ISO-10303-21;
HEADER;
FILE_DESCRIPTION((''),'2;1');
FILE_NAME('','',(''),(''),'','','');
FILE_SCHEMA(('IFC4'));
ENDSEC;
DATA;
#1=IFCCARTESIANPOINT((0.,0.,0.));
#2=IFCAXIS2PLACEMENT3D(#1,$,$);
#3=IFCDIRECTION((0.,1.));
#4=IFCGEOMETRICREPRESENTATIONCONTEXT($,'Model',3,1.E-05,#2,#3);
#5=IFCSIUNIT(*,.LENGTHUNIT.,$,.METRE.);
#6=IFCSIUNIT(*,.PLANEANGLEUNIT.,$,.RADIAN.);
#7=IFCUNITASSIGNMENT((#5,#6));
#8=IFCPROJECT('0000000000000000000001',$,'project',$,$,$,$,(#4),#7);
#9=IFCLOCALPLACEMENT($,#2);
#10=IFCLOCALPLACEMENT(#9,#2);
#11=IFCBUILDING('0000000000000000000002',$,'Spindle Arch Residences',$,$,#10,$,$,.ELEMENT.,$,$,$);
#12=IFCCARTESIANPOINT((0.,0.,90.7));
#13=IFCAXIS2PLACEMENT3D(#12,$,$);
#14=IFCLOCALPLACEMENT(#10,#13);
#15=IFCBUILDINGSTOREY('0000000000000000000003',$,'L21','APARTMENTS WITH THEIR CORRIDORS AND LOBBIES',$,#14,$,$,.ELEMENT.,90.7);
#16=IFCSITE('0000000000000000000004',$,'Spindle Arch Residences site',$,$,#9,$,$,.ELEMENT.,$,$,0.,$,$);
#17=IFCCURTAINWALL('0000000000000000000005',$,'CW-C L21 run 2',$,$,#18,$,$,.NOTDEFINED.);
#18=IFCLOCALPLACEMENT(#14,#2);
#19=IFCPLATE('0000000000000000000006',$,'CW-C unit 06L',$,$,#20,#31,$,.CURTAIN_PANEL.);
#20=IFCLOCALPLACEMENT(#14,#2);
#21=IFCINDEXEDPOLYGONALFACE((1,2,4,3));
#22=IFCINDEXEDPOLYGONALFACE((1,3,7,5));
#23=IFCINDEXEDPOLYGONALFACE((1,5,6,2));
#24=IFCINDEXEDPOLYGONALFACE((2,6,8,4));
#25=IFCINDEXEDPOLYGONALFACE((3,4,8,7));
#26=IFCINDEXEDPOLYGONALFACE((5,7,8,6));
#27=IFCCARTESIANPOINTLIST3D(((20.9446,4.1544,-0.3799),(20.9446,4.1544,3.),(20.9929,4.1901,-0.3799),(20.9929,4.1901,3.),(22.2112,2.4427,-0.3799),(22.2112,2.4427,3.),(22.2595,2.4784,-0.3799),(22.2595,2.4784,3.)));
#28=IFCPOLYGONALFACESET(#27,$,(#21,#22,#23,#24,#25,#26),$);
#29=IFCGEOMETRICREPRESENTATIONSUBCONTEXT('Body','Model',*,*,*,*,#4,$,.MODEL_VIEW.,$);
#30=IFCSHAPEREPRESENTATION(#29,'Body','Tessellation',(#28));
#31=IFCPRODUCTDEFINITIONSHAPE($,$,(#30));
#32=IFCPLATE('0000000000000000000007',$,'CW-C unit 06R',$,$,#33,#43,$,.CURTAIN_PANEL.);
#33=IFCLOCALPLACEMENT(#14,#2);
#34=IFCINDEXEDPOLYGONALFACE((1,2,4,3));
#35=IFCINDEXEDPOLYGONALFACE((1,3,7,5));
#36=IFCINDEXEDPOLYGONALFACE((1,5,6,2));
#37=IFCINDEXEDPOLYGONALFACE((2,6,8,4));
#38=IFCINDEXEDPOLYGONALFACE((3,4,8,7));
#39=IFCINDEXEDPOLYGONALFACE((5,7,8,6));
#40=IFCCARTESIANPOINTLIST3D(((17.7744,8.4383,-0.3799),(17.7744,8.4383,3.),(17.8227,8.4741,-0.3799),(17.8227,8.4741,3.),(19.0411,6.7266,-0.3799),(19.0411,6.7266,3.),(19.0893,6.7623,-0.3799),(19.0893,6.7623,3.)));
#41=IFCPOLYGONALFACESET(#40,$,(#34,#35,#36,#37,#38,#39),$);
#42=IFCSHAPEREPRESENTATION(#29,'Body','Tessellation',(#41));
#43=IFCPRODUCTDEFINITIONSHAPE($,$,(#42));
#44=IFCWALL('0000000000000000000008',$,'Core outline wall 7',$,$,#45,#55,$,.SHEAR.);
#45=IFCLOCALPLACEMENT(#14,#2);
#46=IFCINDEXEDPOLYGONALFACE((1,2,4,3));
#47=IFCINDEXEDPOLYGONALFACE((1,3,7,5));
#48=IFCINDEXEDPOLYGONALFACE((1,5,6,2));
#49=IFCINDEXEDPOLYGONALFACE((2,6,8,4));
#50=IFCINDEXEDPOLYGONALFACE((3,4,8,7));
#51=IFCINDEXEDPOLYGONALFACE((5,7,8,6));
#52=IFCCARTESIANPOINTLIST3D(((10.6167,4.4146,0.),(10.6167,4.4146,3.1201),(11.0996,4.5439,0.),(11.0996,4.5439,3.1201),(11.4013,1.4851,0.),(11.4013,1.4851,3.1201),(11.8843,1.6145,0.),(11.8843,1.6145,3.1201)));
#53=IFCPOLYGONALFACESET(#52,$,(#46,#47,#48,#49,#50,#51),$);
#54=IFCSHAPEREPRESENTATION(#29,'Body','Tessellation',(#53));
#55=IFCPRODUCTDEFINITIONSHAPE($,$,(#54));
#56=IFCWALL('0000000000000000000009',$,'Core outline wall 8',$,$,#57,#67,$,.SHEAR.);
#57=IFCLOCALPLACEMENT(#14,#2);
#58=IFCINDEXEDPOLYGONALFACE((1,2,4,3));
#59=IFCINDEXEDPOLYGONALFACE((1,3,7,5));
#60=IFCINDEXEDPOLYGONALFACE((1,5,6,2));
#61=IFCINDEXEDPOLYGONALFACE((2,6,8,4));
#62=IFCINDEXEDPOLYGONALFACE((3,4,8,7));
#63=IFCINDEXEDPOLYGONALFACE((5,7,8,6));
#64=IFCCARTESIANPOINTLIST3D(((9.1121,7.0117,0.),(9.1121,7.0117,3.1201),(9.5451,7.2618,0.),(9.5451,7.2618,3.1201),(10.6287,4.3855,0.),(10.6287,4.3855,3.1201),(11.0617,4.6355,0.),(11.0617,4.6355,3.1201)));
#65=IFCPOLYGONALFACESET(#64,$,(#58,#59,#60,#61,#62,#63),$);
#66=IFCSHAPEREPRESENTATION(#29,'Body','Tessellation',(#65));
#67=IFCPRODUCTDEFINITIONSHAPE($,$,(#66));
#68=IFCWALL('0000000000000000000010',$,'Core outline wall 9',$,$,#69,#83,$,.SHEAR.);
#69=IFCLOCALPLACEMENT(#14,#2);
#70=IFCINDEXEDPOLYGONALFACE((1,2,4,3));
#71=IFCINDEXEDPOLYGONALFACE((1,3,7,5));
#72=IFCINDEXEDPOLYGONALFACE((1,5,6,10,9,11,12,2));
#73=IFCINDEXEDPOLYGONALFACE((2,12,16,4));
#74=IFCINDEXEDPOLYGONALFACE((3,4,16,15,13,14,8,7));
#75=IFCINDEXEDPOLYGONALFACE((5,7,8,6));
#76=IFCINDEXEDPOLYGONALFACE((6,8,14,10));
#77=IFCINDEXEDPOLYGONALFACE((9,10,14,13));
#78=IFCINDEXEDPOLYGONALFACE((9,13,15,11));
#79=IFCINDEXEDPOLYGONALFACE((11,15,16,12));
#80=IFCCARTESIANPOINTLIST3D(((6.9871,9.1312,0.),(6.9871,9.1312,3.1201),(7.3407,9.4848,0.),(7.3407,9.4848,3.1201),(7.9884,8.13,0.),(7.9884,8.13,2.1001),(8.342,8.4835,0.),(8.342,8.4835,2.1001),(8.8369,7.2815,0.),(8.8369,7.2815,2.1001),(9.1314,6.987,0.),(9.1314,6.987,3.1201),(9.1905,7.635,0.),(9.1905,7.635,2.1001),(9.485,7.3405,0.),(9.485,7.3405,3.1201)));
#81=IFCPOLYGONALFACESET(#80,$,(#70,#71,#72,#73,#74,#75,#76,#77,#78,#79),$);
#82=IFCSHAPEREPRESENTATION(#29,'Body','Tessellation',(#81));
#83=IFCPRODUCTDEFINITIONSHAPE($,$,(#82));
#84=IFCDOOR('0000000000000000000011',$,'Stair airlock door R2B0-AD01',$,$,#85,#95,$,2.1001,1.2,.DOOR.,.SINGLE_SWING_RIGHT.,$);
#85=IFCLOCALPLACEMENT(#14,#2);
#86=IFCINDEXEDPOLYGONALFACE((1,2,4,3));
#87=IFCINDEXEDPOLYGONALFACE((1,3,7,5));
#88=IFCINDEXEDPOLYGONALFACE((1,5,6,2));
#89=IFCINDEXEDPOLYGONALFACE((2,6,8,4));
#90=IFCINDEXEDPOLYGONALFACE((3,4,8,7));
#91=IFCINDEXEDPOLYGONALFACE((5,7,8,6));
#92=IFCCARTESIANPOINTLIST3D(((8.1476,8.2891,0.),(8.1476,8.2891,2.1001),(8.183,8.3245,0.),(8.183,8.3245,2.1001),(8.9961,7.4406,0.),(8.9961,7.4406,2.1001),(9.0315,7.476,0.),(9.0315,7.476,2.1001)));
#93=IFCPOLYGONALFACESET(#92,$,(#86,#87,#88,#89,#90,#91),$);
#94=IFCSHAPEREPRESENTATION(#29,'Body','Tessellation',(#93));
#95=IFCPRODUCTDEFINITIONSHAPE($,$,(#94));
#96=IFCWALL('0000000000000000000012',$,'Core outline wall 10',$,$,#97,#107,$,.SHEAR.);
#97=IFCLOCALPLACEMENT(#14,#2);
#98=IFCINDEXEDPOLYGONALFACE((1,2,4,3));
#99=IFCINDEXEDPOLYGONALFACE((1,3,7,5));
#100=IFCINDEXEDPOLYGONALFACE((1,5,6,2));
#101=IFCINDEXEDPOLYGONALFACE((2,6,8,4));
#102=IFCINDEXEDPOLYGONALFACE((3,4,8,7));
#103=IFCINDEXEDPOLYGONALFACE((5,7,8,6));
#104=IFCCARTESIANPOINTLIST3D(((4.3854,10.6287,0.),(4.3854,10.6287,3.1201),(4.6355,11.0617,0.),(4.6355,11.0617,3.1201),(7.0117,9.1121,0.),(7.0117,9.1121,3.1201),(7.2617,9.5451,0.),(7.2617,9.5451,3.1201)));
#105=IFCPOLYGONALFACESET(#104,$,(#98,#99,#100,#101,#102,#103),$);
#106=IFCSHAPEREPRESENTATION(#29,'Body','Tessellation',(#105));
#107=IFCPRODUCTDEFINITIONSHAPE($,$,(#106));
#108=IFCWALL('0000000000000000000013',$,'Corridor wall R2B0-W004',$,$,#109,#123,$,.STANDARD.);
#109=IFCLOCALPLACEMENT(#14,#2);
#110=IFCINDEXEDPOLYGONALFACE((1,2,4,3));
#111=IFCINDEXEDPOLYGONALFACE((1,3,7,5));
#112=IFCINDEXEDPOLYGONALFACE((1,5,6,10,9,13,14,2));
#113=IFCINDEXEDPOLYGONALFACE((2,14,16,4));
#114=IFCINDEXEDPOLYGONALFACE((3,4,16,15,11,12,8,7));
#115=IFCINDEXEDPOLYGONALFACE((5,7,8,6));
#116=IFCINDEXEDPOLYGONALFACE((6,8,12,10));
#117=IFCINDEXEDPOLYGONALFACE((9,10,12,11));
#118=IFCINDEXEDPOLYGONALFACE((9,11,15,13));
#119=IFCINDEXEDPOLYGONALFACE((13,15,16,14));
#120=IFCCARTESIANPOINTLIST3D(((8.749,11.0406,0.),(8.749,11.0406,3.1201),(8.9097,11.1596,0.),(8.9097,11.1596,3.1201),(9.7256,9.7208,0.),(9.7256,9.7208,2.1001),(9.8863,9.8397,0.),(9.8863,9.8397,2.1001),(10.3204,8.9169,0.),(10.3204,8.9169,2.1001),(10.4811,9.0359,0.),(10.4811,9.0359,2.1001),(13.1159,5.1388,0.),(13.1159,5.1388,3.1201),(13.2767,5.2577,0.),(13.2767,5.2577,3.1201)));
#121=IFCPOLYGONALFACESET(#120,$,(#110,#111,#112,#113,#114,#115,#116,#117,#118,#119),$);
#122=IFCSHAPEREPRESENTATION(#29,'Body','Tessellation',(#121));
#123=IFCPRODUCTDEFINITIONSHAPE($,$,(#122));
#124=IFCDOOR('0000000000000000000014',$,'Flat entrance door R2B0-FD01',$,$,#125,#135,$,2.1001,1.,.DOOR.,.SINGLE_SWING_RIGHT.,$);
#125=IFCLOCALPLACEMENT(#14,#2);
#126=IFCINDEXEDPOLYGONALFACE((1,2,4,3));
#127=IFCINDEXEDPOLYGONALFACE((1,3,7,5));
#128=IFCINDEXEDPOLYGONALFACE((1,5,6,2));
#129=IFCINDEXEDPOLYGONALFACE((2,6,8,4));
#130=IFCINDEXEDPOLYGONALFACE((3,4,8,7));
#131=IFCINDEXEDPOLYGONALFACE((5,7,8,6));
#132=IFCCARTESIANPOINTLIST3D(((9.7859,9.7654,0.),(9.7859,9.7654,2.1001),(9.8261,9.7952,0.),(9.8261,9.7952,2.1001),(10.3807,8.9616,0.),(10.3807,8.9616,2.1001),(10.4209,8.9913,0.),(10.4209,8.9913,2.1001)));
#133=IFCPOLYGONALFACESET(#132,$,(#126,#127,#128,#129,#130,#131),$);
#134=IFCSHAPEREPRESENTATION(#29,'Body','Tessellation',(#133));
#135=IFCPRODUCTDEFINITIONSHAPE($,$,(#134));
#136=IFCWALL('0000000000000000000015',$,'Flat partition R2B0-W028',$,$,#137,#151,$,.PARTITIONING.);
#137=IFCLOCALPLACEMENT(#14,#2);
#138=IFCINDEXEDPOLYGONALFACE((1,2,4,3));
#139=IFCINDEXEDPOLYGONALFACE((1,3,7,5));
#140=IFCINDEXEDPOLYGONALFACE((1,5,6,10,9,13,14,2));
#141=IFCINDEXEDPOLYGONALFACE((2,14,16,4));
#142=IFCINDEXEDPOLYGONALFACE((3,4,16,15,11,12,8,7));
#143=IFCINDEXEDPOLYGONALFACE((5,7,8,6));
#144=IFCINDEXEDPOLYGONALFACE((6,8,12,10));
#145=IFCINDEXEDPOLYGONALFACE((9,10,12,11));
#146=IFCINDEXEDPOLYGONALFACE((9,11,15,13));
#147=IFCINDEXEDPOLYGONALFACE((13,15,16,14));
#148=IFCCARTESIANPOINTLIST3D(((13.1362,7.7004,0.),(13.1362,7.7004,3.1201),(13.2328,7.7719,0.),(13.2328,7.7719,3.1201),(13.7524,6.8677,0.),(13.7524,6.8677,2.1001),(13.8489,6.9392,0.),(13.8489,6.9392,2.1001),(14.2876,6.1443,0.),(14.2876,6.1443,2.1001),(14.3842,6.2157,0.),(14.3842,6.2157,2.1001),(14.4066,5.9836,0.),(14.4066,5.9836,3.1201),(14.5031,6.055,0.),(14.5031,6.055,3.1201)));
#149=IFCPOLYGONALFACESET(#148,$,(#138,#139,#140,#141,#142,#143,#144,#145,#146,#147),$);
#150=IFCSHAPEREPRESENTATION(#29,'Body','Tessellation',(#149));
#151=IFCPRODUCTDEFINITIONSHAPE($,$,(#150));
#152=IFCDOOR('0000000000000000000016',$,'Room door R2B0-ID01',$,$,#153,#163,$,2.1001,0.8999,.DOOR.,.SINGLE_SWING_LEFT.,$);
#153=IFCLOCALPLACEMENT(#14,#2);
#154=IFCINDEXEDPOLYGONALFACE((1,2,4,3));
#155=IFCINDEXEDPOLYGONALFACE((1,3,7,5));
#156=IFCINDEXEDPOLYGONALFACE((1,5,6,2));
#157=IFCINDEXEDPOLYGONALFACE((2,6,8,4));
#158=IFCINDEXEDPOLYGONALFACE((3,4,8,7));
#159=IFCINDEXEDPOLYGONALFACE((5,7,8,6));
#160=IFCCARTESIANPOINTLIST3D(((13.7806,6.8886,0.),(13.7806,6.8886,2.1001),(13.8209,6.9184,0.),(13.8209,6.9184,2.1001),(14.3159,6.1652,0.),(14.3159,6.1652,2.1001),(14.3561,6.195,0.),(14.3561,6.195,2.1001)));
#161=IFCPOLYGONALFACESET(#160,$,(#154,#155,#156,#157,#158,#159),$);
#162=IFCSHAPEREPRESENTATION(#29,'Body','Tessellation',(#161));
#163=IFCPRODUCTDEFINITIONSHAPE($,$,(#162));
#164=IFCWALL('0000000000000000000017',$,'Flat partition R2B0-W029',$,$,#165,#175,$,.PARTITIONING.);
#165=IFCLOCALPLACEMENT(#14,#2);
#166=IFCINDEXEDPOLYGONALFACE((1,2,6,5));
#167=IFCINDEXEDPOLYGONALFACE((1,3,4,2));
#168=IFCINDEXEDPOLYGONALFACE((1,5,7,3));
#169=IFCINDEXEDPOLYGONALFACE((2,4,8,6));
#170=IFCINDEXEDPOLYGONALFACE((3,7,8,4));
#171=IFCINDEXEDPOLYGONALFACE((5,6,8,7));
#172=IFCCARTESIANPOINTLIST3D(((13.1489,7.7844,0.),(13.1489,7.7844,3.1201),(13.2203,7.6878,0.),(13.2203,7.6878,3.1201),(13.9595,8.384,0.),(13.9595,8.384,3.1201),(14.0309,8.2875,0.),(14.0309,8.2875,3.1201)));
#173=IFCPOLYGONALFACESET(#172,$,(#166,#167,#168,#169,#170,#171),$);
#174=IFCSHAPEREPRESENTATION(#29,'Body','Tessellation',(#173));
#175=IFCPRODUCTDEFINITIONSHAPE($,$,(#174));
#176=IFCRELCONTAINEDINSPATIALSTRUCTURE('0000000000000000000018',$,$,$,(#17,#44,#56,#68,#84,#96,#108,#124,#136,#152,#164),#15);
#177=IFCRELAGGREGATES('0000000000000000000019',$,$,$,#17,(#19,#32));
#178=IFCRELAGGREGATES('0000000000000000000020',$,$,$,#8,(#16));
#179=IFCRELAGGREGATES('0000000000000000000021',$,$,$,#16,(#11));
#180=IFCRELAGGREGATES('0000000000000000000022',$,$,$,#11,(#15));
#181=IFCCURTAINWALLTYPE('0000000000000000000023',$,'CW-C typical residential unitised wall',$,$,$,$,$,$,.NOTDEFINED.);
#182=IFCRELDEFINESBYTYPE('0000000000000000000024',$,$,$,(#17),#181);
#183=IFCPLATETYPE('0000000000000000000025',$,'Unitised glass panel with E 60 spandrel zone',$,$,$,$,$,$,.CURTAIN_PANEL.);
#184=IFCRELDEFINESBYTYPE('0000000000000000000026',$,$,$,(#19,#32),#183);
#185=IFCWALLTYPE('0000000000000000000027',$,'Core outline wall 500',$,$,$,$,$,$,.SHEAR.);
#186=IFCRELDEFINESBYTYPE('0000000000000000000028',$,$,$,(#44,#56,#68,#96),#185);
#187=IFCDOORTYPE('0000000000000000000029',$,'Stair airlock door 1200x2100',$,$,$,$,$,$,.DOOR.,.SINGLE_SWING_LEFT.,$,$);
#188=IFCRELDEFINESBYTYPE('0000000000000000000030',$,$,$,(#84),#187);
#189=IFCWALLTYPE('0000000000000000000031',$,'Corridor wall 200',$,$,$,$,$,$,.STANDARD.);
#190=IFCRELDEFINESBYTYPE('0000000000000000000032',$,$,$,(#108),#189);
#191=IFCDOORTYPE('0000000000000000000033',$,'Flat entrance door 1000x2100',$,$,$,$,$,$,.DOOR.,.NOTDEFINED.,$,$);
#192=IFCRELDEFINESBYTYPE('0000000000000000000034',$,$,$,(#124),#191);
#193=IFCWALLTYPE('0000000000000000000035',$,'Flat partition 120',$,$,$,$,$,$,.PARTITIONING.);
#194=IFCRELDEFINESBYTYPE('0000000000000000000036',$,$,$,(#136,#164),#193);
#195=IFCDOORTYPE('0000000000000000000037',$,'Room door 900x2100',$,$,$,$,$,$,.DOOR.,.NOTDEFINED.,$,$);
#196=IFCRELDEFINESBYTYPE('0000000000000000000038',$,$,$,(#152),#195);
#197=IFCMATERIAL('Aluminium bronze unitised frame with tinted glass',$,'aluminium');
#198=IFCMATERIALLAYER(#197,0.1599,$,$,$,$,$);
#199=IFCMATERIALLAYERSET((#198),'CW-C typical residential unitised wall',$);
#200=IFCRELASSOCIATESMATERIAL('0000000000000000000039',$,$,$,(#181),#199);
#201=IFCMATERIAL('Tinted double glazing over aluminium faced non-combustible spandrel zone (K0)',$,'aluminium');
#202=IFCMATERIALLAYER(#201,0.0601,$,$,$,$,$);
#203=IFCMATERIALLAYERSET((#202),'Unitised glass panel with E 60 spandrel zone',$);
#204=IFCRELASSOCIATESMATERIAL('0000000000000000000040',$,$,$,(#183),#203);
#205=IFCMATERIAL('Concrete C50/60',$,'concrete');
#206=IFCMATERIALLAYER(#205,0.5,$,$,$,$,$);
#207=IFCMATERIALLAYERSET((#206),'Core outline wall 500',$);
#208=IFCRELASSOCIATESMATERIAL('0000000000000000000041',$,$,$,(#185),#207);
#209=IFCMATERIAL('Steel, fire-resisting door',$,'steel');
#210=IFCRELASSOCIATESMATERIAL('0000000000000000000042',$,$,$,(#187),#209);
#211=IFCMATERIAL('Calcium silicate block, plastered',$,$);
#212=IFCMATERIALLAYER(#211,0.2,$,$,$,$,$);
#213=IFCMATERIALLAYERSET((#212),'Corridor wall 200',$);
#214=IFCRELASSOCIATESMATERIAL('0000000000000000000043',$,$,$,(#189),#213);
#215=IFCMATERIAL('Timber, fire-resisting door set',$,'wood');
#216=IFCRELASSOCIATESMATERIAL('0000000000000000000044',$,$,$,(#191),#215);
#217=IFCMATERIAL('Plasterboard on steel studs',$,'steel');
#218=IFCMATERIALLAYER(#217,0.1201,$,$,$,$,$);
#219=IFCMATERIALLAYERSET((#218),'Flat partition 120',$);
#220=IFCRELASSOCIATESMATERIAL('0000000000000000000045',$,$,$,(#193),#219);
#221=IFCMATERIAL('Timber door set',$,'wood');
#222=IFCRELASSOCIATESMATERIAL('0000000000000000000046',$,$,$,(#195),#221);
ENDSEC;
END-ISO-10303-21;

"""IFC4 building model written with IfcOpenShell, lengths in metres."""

from ifc_helpers import new_model, si_unit, direction, frame, frame_2d, origin, origin_2d, place, context, subcontext, project, spatial, rectangle, extrude, material, layer, layer_set, type_object, element, fill, aggregate, save


model = new_model("IFC4")

# Units and contexts
model_context = context("Model", 3, precision=1e-05, world=origin(), true_north=direction((0.0, 1.0)))
body_context = subcontext(model_context, "Body", "Model", "MODEL_VIEW")
ifc_project = project(units=[si_unit("LENGTHUNIT", "METRE"), si_unit("PLANEANGLEUNIT", "RADIAN")], contexts=[model_context])

# Site, building, storey
site_placement = place(None, origin())
site = spatial("IfcSite", under=ifc_project, at=site_placement, Name="Spindle Arch Residences site", CompositionType="ELEMENT", RefElevation=0.0)
building_placement = place(site_placement, origin())
building = spatial("IfcBuilding", under=site, at=building_placement, Name="Spindle Arch Residences", CompositionType="ELEMENT")
storey_placement = place(building_placement, frame((0.0, 0.0, 90.7)))
storey = spatial("IfcBuildingStorey", under=building, at=storey_placement, Name="L21", Description="APARTMENTS WITH THEIR CORRIDORS AND LOBBIES", CompositionType="ELEMENT", Elevation=90.7)

# Curtain wall
ifc_material_1 = material(Name="Aluminium bronze unitised frame with tinted glass", Category="aluminium")
ifc_layer_1 = layer(ifc_material_1, 0.1599)
ifc_layer_set_1 = layer_set([ifc_layer_1], Name="CW-C typical residential unitised wall")
curtain_wall_type = type_object("IfcCurtainWallType", Name="CW-C typical residential unitised wall", PredefinedType="NOTDEFINED", material=ifc_layer_set_1)
curtain_wall_placement = place(storey_placement, origin())
curtain_wall = element("IfcCurtainWall", 1, at=curtain_wall_placement, inside=storey, type_object=curtain_wall_type, Name="CW-C L21 run 2", PredefinedType="NOTDEFINED")

# Plates
ifc_material_2 = material(Name="Tinted double glazing over aluminium faced non-combustible spandrel zone (K0)", Category="aluminium")
ifc_layer_2 = layer(ifc_material_2, 0.0601)
ifc_layer_set_2 = layer_set([ifc_layer_2], Name="Unitised glass panel with E 60 spandrel zone")
plate_type = type_object("IfcPlateType", Name="Unitised glass panel with E 60 spandrel zone", PredefinedType="CURTAIN_PANEL", material=ifc_layer_set_2)
plate_1_placement = place(storey_placement, frame((21.6021, 3.3164, -0.3799), z_axis=(0.0, 0.0, 1.0), x_axis=(-0.594823, 0.803857, 0.0)))
plate_1 = element("IfcPlate", 2, at=plate_1_placement, type_object=plate_type, Name="CW-C unit 06L", PredefinedType="CURTAIN_PANEL", context=body_context, shape_type="SweptSolid", body=[
    extrude(rectangle(XDim=2.1294, YDim=0.0601, at=origin_2d()), origin(), (0.0, 0.0, 1.0), 3.3799),
])
plate_2_placement = place(storey_placement, frame((18.4319, 7.6003, -0.3799), z_axis=(0.0, 0.0, 1.0), x_axis=(-0.594823, 0.803857, 0.0)))
plate_2 = element("IfcPlate", 3, at=plate_2_placement, type_object=plate_type, Name="CW-C unit 06R", PredefinedType="CURTAIN_PANEL", context=body_context, shape_type="SweptSolid", body=[
    extrude(rectangle(XDim=2.1294, YDim=0.0601, at=origin_2d()), origin(), (0.0, 0.0, 1.0), 3.3799),
])
aggregate(curtain_wall, [plate_1, plate_2])

# Walls
ifc_material_3 = material(Name="Concrete C50/60", Category="concrete")
ifc_layer_3 = layer(ifc_material_3, 0.5)
ifc_layer_set_3 = layer_set([ifc_layer_3], Name="Core outline wall 500")
wall_type_1 = type_object("IfcWallType", Name="Core outline wall 500", PredefinedType="SHEAR", material=ifc_layer_set_3)
for number, where, z_axis, x_axis, name in (
    (4, (11.6428, 1.5498, 0.0), (0.0, 0.0, 1.0), (-0.258735, 0.965948, 0.0), "Core outline wall 7"),
    (5, (10.8452, 4.5105, 0.0), (0.0, 0.0, 1.0), (-0.500087, 0.865975, 0.0), "Core outline wall 8"),
):
    element("IfcWall", number, at=place(storey_placement, frame(where, z_axis=z_axis, x_axis=x_axis)), inside=storey, type_object=wall_type_1, Name=name, PredefinedType="SHEAR", context=body_context, shape_type="SweptSolid", body=[
        extrude(rectangle(XDim=3.0327, YDim=0.5, at=frame_2d((1.5164, 0.0))), origin(), (0.0, 0.0, 1.0), 3.1201),
    ])

# Wall, opening, door
wall_1_placement = place(storey_placement, frame((9.3081, 7.1638, 0.0), z_axis=(0.0, 0.0, 1.0), x_axis=(-0.707107, 0.707107, 0.0)))
wall_1 = element("IfcWall", 6, at=wall_1_placement, inside=storey, type_object=wall_type_1, Name="Core outline wall 9", PredefinedType="SHEAR", context=body_context, shape_type="SweptSolid", body=[
    extrude(rectangle(XDim=3.0325, YDim=0.5, at=frame_2d((1.5161, 0.0))), origin(), (0.0, 0.0, 1.0), 3.1201),
])
opening_1_placement = place(wall_1_placement, frame((0.4163, 0.0, 0.0)))
opening_1 = element("IfcOpeningElement", 7, at=opening_1_placement, cuts=wall_1, PredefinedType="OPENING", context=body_context, shape_type="SweptSolid", body=[
    extrude(rectangle(XDim=1.2, YDim=2.1001, at=frame_2d((0.6001, 1.05))), frame((0.0, 0.26, 0.0), z_axis=(0.0, -1.0, 0.0), x_axis=(1.0, 0.0, 0.0)), (0.0, 0.0, 1.0), 0.52),
])
ifc_material_4 = material(Name="Steel, fire-resisting door", Category="steel")
door_type_1 = type_object("IfcDoorType", Name="Stair airlock door 1200x2100", OperationType="SINGLE_SWING_LEFT", PredefinedType="DOOR", material=ifc_material_4)
door_1_placement = place(opening_1_placement, origin())
door_1 = element("IfcDoor", 8, at=door_1_placement, inside=storey, type_object=door_type_1, Name="Stair airlock door R2B0-AD01", OperationType="SINGLE_SWING_RIGHT", OverallHeight=2.1001, OverallWidth=1.2, PredefinedType="DOOR", context=body_context, shape_type="SweptSolid", body=[
    extrude(rectangle(XDim=1.2, YDim=2.1001, at=frame_2d((0.6001, 1.05))), frame((0.0, 0.0249, 0.0), z_axis=(0.0, -1.0, 0.0), x_axis=(1.0, 0.0, 0.0)), (0.0, 0.0, 1.0), 0.05),
])
fill(opening_1, door_1)

# Wall
wall_2_placement = place(storey_placement, frame((7.1367, 9.3286, 0.0), z_axis=(0.0, 0.0, 1.0), x_axis=(-0.865975, 0.500087, 0.0)))
element("IfcWall", 9, at=wall_2_placement, inside=storey, type_object=wall_type_1, Name="Core outline wall 10", PredefinedType="SHEAR", context=body_context, shape_type="SweptSolid", body=[
    extrude(rectangle(XDim=3.0327, YDim=0.5, at=frame_2d((1.5164, 0.0))), origin(), (0.0, 0.0, 1.0), 3.1201),
])

# Walls, openings, doors
ifc_material_5 = material(Name="Calcium silicate block, plastered")
ifc_layer_4 = layer(ifc_material_5, 0.2)
ifc_layer_set_4 = layer_set([ifc_layer_4], Name="Corridor wall 200")
wall_type_2 = type_object("IfcWallType", Name="Corridor wall 200", PredefinedType="STANDARD", material=ifc_layer_set_4)
wall_3_placement = place(storey_placement, frame((13.1963, 5.1982, 0.0), z_axis=(0.0, 0.0, 1.0), x_axis=(-0.594805, 0.80387, 0.0)))
wall_3 = element("IfcWall", 10, at=wall_3_placement, inside=storey, type_object=wall_type_2, Name="Corridor wall R2B0-W004", PredefinedType="STANDARD", context=body_context, shape_type="SweptSolid", body=[
    extrude(rectangle(XDim=7.3418, YDim=0.2, at=frame_2d((3.6709, 0.0))), origin(), (0.0, 0.0, 1.0), 3.1201),
])
opening_2_placement = place(wall_3_placement, frame((4.7, 0.0, 0.0)))
opening_2 = element("IfcOpeningElement", 11, at=opening_2_placement, cuts=wall_3, PredefinedType="OPENING", context=body_context, shape_type="SweptSolid", body=[
    extrude(rectangle(XDim=1.0, YDim=2.1001, at=frame_2d((0.5, 1.05))), frame((0.0, 0.1099, 0.0), z_axis=(0.0, -1.0, 0.0), x_axis=(1.0, 0.0, 0.0)), (0.0, 0.0, 1.0), 0.22),
])
ifc_material_6 = material(Name="Timber, fire-resisting door set", Category="wood")
door_type_2 = type_object("IfcDoorType", Name="Flat entrance door 1000x2100", OperationType="NOTDEFINED", PredefinedType="DOOR", material=ifc_material_6)
door_2_placement = place(opening_2_placement, origin())
door_2 = element("IfcDoor", 12, at=door_2_placement, inside=storey, type_object=door_type_2, Name="Flat entrance door R2B0-FD01", OperationType="SINGLE_SWING_RIGHT", OverallHeight=2.1001, OverallWidth=1.0, PredefinedType="DOOR", context=body_context, shape_type="SweptSolid", body=[
    extrude(rectangle(XDim=1.0, YDim=2.1001, at=frame_2d((0.5, 1.05))), frame((0.0, 0.0249, 0.0), z_axis=(0.0, -1.0, 0.0), x_axis=(1.0, 0.0, 0.0)), (0.0, 0.0, 1.0), 0.05),
])
fill(opening_2, door_2)
ifc_material_7 = material(Name="Plasterboard on steel studs", Category="steel")
ifc_layer_5 = layer(ifc_material_7, 0.1201)
ifc_layer_set_5 = layer_set([ifc_layer_5], Name="Flat partition 120")
wall_type_3 = type_object("IfcWallType", Name="Flat partition 120", PredefinedType="PARTITIONING", material=ifc_layer_set_5)
wall_4_placement = place(storey_placement, frame((14.4548, 6.0193, 0.0), z_axis=(0.0, 0.0, 1.0), x_axis=(-0.594793, 0.803879, 0.0)))
wall_4 = element("IfcWall", 13, at=wall_4_placement, inside=storey, type_object=wall_type_3, Name="Flat partition R2B0-W028", PredefinedType="PARTITIONING", context=body_context, shape_type="SweptSolid", body=[
    extrude(rectangle(XDim=2.1357, YDim=0.1201, at=frame_2d((1.0679, 0.0))), origin(), (0.0, 0.0, 1.0), 3.1201),
])
opening_3_placement = place(wall_4_placement, frame((0.2, 0.0, 0.0)))
opening_3 = element("IfcOpeningElement", 14, at=opening_3_placement, cuts=wall_4, PredefinedType="OPENING", context=body_context, shape_type="SweptSolid", body=[
    extrude(rectangle(XDim=0.8999, YDim=2.1001, at=frame_2d((0.45, 1.05))), frame((0.0, 0.0701, 0.0), z_axis=(0.0, -1.0, 0.0), x_axis=(1.0, 0.0, 0.0)), (0.0, 0.0, 1.0), 0.1401),
])
ifc_material_8 = material(Name="Timber door set", Category="wood")
door_type_3 = type_object("IfcDoorType", Name="Room door 900x2100", OperationType="NOTDEFINED", PredefinedType="DOOR", material=ifc_material_8)
door_3_placement = place(opening_3_placement, origin())
door_3 = element("IfcDoor", 15, at=door_3_placement, inside=storey, type_object=door_type_3, Name="Room door R2B0-ID01", OperationType="SINGLE_SWING_LEFT", OverallHeight=2.1001, OverallWidth=0.8999, PredefinedType="DOOR", context=body_context, shape_type="SweptSolid", body=[
    extrude(rectangle(XDim=0.8999, YDim=2.1001, at=frame_2d((0.45, 1.05))), frame((0.0, 0.0249, 0.0), z_axis=(0.0, -1.0, 0.0), x_axis=(1.0, 0.0, 0.0)), (0.0, 0.0, 1.0), 0.05),
])
fill(opening_3, door_3)

# Wall
wall_5_placement = place(storey_placement, frame((13.1846, 7.7361, 0.0), z_axis=(0.0, 0.0, 1.0), x_axis=(0.803935, 0.594718, 0.0)))
element("IfcWall", 16, at=wall_5_placement, inside=storey, type_object=wall_type_3, Name="Flat partition R2B0-W029", PredefinedType="PARTITIONING", context=body_context, shape_type="SweptSolid", body=[
    extrude(rectangle(XDim=1.0083, YDim=0.1201, at=frame_2d((0.5042, 0.0))), origin(), (0.0, 0.0, 1.0), 3.1201),
])

save(model, "model.ifc")
